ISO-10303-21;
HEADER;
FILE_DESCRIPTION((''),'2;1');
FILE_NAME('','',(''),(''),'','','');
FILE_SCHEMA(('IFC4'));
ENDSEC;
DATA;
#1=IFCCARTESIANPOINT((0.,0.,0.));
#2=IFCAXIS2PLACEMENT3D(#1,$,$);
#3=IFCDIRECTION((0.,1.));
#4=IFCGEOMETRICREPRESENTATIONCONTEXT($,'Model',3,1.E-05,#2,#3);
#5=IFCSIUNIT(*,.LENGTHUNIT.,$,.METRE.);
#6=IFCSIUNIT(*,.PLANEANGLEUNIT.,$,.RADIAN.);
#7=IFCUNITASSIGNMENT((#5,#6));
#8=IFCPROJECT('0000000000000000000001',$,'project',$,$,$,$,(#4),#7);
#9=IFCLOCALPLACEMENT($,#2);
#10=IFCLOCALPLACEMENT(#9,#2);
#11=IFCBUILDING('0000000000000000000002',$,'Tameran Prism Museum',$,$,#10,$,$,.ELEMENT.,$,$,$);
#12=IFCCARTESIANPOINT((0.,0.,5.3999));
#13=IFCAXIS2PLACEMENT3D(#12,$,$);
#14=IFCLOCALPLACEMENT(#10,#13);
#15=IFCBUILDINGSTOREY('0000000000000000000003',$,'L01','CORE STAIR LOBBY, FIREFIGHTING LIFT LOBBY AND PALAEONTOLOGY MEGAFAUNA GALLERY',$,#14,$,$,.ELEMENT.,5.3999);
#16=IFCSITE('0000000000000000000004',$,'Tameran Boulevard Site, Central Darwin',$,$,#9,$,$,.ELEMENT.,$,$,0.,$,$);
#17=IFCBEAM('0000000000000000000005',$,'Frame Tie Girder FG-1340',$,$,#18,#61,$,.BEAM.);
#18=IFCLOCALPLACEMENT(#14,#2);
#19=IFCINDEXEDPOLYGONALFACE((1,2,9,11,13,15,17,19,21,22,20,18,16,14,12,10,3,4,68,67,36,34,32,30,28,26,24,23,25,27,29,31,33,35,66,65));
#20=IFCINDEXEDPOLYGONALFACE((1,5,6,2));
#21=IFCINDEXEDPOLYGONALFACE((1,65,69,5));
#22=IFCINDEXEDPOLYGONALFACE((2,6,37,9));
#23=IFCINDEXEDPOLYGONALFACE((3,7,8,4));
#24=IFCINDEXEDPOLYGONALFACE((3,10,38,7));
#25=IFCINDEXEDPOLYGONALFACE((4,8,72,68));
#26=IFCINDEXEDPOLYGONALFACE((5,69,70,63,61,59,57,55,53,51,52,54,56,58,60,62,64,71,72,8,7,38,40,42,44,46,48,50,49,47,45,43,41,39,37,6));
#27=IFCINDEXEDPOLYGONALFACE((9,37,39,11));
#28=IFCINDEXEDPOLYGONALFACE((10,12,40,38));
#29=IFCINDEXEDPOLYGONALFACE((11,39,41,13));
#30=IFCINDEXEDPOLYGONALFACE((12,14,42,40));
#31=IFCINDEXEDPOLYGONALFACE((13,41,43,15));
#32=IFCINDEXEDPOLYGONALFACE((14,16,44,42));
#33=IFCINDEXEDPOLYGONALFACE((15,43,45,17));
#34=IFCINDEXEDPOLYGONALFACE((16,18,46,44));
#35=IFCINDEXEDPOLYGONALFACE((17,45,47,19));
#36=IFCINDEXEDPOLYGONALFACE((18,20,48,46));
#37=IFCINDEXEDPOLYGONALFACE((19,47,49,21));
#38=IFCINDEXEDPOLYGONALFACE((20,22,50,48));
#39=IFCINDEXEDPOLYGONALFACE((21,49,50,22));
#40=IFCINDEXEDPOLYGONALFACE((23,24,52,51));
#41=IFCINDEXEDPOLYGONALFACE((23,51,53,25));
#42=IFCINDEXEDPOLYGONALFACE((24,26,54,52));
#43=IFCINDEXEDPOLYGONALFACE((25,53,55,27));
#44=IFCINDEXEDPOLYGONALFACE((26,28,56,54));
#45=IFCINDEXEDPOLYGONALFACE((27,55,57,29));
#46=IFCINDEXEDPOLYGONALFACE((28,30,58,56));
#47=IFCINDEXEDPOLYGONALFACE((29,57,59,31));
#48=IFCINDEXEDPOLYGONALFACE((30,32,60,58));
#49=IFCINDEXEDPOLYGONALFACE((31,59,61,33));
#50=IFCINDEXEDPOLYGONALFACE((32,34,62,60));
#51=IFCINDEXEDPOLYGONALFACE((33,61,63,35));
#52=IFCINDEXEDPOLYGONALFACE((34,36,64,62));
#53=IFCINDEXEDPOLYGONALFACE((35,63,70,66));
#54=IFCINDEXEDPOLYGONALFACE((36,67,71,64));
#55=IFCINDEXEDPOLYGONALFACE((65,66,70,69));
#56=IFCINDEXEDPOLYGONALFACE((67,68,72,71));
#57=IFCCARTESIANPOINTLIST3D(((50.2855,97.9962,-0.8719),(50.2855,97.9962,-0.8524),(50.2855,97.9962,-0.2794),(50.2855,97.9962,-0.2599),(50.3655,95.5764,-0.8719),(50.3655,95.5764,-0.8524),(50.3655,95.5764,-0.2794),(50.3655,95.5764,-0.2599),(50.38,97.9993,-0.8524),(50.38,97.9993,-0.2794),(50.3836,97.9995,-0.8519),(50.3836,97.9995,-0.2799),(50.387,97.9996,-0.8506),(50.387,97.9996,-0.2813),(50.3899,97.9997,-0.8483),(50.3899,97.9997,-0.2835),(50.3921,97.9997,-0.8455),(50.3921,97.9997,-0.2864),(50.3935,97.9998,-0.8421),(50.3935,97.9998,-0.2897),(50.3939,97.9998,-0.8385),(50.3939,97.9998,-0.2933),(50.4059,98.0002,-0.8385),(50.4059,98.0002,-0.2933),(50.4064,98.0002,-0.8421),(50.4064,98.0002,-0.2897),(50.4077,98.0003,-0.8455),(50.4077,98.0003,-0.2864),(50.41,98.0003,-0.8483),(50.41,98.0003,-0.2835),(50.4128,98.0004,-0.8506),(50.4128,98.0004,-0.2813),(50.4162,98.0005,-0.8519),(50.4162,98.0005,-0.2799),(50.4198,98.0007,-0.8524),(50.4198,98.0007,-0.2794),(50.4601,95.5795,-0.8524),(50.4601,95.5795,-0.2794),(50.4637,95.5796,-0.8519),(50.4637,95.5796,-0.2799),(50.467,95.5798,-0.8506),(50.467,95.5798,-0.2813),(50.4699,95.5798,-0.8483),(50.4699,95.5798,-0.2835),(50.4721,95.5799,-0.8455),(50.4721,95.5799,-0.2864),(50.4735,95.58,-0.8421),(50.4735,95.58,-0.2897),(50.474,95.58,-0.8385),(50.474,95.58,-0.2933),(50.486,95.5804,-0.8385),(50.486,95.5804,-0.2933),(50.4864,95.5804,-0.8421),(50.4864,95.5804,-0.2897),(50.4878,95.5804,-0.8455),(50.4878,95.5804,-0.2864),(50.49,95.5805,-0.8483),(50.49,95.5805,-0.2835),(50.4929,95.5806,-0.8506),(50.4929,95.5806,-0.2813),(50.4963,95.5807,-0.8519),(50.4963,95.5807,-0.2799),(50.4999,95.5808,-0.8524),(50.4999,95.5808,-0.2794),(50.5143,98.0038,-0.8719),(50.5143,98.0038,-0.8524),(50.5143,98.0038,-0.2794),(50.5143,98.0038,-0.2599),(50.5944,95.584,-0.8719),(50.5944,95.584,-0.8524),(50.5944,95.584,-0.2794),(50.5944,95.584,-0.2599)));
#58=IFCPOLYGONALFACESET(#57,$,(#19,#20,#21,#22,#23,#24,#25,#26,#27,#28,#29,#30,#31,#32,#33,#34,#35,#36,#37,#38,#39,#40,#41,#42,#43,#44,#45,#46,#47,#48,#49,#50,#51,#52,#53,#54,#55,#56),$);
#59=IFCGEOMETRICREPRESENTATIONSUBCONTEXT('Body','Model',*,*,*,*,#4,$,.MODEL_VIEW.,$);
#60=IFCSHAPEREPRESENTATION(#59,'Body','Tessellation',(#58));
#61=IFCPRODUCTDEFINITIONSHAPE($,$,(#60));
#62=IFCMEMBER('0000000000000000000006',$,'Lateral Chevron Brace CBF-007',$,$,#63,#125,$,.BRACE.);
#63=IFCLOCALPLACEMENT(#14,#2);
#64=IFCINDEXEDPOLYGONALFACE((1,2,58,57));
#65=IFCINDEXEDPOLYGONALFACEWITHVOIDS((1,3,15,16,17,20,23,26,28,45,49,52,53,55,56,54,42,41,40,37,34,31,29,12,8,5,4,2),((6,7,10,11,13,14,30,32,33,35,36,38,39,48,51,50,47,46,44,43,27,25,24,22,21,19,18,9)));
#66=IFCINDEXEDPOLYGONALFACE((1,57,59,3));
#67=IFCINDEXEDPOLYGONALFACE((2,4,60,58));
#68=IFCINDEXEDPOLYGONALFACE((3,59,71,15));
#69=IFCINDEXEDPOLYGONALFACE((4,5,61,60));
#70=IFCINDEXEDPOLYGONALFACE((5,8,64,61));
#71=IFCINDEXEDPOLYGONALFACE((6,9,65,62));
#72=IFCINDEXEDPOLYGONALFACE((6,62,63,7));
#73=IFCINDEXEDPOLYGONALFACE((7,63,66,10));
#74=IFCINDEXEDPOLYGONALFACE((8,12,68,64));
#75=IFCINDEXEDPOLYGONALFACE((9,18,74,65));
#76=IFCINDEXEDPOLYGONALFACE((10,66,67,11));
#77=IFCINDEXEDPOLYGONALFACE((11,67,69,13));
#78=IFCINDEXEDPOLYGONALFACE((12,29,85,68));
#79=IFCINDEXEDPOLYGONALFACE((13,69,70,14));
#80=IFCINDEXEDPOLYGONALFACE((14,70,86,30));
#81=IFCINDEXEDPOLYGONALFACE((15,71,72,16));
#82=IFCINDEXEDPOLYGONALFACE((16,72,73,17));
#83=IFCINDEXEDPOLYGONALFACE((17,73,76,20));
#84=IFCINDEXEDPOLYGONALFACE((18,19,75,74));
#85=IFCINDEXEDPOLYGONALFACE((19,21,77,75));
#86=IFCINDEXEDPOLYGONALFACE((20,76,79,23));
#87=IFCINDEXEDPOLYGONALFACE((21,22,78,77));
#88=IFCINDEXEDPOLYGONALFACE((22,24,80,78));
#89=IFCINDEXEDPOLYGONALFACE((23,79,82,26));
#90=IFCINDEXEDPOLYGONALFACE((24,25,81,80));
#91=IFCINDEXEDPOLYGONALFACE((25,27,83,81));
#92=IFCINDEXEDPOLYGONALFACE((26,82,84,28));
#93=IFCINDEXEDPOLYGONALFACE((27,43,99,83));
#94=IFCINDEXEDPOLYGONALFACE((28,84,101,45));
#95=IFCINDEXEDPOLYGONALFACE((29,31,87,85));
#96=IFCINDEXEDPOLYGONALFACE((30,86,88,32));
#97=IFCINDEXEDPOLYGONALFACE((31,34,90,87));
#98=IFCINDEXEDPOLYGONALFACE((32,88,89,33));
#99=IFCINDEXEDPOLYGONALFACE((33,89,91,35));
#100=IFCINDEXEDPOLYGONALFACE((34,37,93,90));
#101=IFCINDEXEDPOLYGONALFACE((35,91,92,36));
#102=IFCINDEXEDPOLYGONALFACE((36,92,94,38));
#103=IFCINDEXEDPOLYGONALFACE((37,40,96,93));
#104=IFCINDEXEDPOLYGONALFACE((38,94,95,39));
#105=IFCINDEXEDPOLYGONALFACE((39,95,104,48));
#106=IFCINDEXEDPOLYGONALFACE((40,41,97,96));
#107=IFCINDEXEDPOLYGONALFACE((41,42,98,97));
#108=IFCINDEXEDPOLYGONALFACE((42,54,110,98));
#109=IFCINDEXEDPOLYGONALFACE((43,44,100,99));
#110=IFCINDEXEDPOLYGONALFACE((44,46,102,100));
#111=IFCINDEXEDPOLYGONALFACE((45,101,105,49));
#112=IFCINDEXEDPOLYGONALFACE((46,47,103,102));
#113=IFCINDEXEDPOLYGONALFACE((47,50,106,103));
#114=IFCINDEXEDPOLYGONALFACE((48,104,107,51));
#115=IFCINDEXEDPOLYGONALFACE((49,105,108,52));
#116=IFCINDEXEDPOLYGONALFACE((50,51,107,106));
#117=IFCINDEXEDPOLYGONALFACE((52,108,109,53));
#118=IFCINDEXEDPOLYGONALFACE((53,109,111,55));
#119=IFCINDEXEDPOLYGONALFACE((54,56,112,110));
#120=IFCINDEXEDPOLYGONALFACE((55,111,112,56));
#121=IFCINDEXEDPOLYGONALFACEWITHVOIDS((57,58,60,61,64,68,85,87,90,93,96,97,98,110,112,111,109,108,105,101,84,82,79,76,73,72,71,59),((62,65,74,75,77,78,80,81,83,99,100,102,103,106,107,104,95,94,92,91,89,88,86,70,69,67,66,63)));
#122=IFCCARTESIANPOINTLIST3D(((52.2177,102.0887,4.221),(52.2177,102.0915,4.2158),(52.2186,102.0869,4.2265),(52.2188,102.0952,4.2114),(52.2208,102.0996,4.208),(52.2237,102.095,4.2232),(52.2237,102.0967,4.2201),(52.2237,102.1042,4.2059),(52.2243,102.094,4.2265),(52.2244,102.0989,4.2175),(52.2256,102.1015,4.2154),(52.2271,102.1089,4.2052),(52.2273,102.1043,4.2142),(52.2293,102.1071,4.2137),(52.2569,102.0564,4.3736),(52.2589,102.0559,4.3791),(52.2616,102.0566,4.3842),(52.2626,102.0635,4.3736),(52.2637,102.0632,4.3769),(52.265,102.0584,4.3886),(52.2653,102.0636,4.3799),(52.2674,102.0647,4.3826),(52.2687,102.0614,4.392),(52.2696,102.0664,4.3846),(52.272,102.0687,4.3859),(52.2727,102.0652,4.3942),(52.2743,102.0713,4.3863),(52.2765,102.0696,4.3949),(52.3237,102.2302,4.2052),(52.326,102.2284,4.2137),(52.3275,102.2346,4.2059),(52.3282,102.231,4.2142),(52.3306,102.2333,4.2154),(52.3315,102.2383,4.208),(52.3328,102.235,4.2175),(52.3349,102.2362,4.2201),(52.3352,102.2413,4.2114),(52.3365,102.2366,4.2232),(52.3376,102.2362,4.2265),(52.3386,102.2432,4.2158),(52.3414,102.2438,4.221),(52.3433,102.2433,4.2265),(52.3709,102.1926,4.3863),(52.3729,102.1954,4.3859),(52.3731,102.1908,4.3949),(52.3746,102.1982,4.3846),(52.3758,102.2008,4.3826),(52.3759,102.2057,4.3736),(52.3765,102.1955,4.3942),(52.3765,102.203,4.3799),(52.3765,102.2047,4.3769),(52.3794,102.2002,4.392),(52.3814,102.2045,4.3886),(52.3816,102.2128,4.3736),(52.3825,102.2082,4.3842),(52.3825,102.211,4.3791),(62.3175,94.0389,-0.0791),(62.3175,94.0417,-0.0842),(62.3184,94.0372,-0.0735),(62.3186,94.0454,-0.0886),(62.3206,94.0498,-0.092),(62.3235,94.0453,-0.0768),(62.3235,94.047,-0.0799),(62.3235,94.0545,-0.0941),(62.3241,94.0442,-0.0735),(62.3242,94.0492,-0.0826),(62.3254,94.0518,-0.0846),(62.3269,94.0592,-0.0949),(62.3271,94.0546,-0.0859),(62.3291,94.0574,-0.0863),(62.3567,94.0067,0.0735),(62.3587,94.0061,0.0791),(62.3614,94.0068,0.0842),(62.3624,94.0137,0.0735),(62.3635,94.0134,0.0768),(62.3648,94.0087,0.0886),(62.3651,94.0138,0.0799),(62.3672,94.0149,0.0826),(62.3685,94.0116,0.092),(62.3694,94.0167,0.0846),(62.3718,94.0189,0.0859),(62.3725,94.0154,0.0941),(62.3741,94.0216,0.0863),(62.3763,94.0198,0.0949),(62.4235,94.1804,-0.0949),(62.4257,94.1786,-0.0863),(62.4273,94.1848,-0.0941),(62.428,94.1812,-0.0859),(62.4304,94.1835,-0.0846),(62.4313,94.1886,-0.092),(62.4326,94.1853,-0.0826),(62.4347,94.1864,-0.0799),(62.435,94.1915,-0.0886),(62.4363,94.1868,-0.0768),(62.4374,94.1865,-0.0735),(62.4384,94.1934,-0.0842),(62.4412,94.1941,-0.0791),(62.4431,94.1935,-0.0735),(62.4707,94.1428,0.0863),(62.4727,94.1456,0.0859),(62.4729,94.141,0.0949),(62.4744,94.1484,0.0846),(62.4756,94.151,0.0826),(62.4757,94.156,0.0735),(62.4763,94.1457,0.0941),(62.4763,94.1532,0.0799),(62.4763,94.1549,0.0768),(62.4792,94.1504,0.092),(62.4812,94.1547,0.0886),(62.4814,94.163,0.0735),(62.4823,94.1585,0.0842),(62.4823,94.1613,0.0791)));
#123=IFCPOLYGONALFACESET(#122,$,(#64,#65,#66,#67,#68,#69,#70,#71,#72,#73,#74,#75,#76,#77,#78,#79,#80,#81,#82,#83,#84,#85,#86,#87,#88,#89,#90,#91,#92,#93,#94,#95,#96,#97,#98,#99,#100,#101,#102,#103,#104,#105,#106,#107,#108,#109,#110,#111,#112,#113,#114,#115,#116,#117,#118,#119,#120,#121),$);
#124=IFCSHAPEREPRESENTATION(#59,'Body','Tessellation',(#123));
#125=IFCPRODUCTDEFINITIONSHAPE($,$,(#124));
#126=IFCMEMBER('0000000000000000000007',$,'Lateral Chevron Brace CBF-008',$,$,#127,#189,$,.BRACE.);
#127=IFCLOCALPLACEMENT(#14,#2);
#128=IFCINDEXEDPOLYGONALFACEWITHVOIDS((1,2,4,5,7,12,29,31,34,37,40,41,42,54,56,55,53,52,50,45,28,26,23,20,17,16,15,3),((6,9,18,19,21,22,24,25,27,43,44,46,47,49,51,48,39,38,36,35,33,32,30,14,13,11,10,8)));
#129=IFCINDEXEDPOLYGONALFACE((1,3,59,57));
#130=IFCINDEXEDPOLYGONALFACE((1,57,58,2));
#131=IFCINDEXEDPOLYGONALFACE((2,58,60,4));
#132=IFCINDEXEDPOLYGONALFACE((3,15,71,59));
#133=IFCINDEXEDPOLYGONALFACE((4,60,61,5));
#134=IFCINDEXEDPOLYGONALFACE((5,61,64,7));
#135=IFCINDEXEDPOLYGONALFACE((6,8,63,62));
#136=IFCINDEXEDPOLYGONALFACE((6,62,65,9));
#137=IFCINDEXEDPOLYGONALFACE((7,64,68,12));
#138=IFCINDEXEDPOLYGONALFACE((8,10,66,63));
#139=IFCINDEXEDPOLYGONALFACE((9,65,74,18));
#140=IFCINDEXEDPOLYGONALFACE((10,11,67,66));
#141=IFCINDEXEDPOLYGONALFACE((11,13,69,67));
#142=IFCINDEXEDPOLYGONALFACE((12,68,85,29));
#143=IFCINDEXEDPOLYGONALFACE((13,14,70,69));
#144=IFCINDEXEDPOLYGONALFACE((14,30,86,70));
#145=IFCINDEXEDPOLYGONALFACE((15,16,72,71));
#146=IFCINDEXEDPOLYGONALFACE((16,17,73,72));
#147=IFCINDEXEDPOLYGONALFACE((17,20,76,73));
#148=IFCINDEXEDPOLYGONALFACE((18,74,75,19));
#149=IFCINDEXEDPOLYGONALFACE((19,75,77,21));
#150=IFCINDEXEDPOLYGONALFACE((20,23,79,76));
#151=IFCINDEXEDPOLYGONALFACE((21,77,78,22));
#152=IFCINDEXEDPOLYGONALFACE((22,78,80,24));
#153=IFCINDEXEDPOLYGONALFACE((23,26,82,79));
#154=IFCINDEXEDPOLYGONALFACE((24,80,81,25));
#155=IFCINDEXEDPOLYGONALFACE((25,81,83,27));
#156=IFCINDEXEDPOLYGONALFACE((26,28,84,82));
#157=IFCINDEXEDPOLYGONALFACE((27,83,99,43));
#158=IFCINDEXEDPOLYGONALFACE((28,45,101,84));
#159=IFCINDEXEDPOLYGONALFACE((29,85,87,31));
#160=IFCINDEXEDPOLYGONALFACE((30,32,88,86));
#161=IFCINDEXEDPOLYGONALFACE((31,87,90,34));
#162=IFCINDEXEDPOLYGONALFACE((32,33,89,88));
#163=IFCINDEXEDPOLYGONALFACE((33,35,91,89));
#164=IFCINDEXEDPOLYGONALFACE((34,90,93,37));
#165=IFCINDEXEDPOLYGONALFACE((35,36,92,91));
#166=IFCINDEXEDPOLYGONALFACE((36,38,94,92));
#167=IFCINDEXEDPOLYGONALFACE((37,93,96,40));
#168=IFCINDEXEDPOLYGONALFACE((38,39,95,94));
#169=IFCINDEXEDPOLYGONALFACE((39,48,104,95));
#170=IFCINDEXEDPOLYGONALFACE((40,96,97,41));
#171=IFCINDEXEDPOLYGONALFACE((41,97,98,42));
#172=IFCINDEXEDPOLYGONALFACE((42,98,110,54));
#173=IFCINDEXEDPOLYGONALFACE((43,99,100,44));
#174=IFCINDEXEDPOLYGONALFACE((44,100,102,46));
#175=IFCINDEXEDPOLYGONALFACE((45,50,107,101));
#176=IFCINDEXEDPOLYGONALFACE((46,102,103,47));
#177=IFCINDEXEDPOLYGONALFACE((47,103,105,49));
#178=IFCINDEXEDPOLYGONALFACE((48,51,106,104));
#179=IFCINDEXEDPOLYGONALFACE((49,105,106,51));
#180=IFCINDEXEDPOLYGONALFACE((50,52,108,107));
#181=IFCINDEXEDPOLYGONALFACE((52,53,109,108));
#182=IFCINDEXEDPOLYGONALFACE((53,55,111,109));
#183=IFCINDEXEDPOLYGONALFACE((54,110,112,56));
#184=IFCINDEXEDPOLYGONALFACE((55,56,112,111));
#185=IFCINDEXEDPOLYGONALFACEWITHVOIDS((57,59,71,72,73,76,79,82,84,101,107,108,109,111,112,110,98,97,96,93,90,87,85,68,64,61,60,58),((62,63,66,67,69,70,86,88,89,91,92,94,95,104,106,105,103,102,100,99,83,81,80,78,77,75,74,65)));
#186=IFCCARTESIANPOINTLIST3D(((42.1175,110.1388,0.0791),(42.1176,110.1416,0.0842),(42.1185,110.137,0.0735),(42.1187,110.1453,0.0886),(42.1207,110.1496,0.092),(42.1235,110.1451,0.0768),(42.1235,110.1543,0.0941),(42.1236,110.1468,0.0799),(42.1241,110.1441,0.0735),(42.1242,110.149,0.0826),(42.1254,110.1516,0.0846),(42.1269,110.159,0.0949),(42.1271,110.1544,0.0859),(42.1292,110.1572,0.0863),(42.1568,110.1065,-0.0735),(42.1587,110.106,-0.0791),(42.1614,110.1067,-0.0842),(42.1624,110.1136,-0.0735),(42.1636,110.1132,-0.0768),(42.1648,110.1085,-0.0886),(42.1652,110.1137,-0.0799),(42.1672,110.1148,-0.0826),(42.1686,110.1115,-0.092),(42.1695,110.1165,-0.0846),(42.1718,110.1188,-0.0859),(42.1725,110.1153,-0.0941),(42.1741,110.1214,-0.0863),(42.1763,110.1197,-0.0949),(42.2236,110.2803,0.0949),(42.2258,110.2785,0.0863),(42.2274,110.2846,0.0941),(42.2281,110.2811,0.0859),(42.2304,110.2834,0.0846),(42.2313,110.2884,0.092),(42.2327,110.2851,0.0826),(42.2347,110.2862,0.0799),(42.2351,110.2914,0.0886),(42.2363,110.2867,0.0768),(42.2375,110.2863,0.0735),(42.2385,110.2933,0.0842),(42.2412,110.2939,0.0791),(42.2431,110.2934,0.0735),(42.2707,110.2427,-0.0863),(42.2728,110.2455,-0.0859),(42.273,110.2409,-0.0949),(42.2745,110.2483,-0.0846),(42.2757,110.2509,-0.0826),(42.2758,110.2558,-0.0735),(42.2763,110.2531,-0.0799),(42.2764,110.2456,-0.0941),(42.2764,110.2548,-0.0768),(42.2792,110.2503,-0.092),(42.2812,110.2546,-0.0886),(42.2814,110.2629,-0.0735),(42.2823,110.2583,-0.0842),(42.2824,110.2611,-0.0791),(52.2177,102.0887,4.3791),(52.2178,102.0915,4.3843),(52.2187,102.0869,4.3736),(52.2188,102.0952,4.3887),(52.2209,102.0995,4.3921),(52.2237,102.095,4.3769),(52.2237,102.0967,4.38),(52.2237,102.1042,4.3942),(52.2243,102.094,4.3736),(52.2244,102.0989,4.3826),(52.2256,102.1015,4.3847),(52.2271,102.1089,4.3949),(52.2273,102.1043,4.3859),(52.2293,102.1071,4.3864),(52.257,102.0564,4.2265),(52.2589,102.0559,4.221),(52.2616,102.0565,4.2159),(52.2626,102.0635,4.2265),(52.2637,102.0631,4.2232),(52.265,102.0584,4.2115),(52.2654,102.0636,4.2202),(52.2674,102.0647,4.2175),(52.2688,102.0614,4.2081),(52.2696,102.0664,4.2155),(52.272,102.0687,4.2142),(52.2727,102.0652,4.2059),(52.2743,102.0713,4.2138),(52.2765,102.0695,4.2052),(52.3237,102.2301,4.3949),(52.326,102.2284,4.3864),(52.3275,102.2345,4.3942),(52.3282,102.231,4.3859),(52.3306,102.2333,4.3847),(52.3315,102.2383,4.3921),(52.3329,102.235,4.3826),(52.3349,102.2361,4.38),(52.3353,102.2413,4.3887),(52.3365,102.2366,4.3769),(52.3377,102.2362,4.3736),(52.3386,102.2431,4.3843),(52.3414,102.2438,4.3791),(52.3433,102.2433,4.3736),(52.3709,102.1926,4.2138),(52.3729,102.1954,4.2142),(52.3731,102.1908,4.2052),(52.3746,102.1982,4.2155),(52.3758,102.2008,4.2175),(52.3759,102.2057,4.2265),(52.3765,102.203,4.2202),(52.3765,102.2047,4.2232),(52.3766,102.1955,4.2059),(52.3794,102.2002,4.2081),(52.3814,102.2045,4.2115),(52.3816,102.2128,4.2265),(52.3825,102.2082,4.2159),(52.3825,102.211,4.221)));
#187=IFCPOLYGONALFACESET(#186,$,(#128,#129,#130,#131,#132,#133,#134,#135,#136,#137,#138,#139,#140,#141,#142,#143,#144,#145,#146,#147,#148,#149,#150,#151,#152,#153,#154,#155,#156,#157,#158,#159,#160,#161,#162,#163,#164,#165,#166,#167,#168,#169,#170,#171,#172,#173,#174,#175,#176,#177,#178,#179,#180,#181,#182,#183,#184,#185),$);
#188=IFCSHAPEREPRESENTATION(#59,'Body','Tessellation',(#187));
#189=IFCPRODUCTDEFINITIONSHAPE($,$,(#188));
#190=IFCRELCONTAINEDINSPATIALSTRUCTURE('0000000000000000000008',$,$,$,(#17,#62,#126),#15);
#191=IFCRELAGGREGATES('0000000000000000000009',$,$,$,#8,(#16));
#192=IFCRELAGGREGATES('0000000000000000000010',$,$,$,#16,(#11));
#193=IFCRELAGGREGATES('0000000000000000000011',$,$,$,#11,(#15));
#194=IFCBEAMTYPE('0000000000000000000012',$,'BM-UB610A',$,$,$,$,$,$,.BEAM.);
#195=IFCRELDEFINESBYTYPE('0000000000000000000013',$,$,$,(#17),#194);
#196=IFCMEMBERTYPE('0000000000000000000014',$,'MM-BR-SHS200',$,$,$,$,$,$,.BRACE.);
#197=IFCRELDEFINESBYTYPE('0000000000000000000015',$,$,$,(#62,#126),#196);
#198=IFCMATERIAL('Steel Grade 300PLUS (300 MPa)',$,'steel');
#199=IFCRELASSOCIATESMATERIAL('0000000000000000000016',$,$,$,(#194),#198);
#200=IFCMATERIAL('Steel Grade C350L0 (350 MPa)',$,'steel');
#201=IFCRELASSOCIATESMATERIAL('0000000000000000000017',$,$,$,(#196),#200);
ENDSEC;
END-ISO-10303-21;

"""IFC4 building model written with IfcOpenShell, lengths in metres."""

from ifc_helpers import new_model, si_unit, direction, frame, origin, origin_2d, place, context, subcontext, project, spatial, hollow_rectangle, i_section, extrude, material, material_profile, profile_set, type_object, element, save


model = new_model("IFC4")

# Units and contexts
model_context = context("Model", 3, precision=1e-05, world=origin(), true_north=direction((0.0, 1.0)))
body_context = subcontext(model_context, "Body", "Model", "MODEL_VIEW")
ifc_project = project(units=[si_unit("LENGTHUNIT", "METRE"), si_unit("PLANEANGLEUNIT", "RADIAN")], contexts=[model_context])

# Site, building, storey
site_placement = place(None, origin())
site = spatial("IfcSite", under=ifc_project, at=site_placement, Name="Tameran Boulevard Site, Central Darwin", CompositionType="ELEMENT", RefElevation=0.0)
building_placement = place(site_placement, origin())
building = spatial("IfcBuilding", under=site, at=building_placement, Name="Tameran Prism Museum", CompositionType="ELEMENT")
storey_placement = place(building_placement, frame((0.0, 0.0, 5.3999)))
storey = spatial("IfcBuildingStorey", under=building, at=storey_placement, Name="L01", Description="CORE STAIR LOBBY, FIREFIGHTING LIFT LOBBY AND PALAEONTOLOGY MEGAFAUNA GALLERY", CompositionType="ELEMENT", Elevation=5.3999)

# Beam
ifc_material_1 = material(Name="Steel Grade 300PLUS (300 MPa)", Category="steel")
ifc_material_profile_1 = material_profile(ifc_material_1, i_section(OverallWidth=0.229, OverallDepth=0.6121, WebThickness=0.012, FlangeThickness=0.0195, FilletRadius=0.0139, at=origin_2d()))
ifc_profile_set_1 = profile_set([ifc_material_profile_1])
beam_type_1 = type_object("IfcBeamType", Name="BM-UB610A", PredefinedType="BEAM", material=ifc_profile_set_1)
beam_1_placement = place(storey_placement, frame((50.3999, 98.0, -0.5659), z_axis=(0.033073, -0.999453, 0.0), x_axis=(0.999453, 0.033073, 0.0)))
element("IfcBeam", 1, at=beam_1_placement, inside=storey, type_object=beam_type_1, Name="Frame Tie Girder FG-1340", PredefinedType="BEAM", context=body_context, shape_type="SweptSolid", body=[
    extrude(i_section(OverallWidth=0.229, OverallDepth=0.6121, WebThickness=0.012, FlangeThickness=0.0195, FilletRadius=0.0139, at=origin_2d()), origin(), (0.0, 0.0, 1.0), 2.4211),
])

# Members
ifc_material_2 = material(Name="Steel Grade C350L0 (350 MPa)", Category="steel")
ifc_material_profile_2 = material_profile(ifc_material_2, hollow_rectangle(XDim=0.2, YDim=0.2, WallThickness=0.009, InnerFilletRadius=0.0134, OuterFilletRadius=0.0225, at=origin_2d()))
ifc_profile_set_2 = profile_set([ifc_material_profile_2])
member_type = type_object("IfcMemberType", Name="MM-BR-SHS200", PredefinedType="BRACE", material=ifc_profile_set_2)
member_1_placement = place(storey_placement, frame((62.3999, 94.1001, 0.0), z_axis=(-0.741961, 0.591359, 0.315893), x_axis=(-0.623274, -0.782004, 0.0)))
element("IfcMember", 2, at=member_1_placement, inside=storey, type_object=member_type, Name="Lateral Chevron Brace CBF-007", PredefinedType="BRACE", context=body_context, shape_type="SweptSolid", body=[
    extrude(hollow_rectangle(XDim=0.2, YDim=0.2, WallThickness=0.009, InnerFilletRadius=0.0134, OuterFilletRadius=0.0225, at=origin_2d()), origin(), (0.0, 0.0, 1.0), 13.6123),
])
member_2_placement = place(storey_placement, frame((42.2, 110.2, 0.0), z_axis=(0.741961, -0.591363, 0.315885), x_axis=(0.623276, 0.782002, 0.0)))
element("IfcMember", 3, at=member_2_placement, inside=storey, type_object=member_type, Name="Lateral Chevron Brace CBF-008", PredefinedType="BRACE", context=body_context, shape_type="SweptSolid", body=[
    extrude(hollow_rectangle(XDim=0.2, YDim=0.2, WallThickness=0.009, InnerFilletRadius=0.0134, OuterFilletRadius=0.0225, at=origin_2d()), origin(), (0.0, 0.0, 1.0), 13.6128),
])

save(model, "model.ifc")
